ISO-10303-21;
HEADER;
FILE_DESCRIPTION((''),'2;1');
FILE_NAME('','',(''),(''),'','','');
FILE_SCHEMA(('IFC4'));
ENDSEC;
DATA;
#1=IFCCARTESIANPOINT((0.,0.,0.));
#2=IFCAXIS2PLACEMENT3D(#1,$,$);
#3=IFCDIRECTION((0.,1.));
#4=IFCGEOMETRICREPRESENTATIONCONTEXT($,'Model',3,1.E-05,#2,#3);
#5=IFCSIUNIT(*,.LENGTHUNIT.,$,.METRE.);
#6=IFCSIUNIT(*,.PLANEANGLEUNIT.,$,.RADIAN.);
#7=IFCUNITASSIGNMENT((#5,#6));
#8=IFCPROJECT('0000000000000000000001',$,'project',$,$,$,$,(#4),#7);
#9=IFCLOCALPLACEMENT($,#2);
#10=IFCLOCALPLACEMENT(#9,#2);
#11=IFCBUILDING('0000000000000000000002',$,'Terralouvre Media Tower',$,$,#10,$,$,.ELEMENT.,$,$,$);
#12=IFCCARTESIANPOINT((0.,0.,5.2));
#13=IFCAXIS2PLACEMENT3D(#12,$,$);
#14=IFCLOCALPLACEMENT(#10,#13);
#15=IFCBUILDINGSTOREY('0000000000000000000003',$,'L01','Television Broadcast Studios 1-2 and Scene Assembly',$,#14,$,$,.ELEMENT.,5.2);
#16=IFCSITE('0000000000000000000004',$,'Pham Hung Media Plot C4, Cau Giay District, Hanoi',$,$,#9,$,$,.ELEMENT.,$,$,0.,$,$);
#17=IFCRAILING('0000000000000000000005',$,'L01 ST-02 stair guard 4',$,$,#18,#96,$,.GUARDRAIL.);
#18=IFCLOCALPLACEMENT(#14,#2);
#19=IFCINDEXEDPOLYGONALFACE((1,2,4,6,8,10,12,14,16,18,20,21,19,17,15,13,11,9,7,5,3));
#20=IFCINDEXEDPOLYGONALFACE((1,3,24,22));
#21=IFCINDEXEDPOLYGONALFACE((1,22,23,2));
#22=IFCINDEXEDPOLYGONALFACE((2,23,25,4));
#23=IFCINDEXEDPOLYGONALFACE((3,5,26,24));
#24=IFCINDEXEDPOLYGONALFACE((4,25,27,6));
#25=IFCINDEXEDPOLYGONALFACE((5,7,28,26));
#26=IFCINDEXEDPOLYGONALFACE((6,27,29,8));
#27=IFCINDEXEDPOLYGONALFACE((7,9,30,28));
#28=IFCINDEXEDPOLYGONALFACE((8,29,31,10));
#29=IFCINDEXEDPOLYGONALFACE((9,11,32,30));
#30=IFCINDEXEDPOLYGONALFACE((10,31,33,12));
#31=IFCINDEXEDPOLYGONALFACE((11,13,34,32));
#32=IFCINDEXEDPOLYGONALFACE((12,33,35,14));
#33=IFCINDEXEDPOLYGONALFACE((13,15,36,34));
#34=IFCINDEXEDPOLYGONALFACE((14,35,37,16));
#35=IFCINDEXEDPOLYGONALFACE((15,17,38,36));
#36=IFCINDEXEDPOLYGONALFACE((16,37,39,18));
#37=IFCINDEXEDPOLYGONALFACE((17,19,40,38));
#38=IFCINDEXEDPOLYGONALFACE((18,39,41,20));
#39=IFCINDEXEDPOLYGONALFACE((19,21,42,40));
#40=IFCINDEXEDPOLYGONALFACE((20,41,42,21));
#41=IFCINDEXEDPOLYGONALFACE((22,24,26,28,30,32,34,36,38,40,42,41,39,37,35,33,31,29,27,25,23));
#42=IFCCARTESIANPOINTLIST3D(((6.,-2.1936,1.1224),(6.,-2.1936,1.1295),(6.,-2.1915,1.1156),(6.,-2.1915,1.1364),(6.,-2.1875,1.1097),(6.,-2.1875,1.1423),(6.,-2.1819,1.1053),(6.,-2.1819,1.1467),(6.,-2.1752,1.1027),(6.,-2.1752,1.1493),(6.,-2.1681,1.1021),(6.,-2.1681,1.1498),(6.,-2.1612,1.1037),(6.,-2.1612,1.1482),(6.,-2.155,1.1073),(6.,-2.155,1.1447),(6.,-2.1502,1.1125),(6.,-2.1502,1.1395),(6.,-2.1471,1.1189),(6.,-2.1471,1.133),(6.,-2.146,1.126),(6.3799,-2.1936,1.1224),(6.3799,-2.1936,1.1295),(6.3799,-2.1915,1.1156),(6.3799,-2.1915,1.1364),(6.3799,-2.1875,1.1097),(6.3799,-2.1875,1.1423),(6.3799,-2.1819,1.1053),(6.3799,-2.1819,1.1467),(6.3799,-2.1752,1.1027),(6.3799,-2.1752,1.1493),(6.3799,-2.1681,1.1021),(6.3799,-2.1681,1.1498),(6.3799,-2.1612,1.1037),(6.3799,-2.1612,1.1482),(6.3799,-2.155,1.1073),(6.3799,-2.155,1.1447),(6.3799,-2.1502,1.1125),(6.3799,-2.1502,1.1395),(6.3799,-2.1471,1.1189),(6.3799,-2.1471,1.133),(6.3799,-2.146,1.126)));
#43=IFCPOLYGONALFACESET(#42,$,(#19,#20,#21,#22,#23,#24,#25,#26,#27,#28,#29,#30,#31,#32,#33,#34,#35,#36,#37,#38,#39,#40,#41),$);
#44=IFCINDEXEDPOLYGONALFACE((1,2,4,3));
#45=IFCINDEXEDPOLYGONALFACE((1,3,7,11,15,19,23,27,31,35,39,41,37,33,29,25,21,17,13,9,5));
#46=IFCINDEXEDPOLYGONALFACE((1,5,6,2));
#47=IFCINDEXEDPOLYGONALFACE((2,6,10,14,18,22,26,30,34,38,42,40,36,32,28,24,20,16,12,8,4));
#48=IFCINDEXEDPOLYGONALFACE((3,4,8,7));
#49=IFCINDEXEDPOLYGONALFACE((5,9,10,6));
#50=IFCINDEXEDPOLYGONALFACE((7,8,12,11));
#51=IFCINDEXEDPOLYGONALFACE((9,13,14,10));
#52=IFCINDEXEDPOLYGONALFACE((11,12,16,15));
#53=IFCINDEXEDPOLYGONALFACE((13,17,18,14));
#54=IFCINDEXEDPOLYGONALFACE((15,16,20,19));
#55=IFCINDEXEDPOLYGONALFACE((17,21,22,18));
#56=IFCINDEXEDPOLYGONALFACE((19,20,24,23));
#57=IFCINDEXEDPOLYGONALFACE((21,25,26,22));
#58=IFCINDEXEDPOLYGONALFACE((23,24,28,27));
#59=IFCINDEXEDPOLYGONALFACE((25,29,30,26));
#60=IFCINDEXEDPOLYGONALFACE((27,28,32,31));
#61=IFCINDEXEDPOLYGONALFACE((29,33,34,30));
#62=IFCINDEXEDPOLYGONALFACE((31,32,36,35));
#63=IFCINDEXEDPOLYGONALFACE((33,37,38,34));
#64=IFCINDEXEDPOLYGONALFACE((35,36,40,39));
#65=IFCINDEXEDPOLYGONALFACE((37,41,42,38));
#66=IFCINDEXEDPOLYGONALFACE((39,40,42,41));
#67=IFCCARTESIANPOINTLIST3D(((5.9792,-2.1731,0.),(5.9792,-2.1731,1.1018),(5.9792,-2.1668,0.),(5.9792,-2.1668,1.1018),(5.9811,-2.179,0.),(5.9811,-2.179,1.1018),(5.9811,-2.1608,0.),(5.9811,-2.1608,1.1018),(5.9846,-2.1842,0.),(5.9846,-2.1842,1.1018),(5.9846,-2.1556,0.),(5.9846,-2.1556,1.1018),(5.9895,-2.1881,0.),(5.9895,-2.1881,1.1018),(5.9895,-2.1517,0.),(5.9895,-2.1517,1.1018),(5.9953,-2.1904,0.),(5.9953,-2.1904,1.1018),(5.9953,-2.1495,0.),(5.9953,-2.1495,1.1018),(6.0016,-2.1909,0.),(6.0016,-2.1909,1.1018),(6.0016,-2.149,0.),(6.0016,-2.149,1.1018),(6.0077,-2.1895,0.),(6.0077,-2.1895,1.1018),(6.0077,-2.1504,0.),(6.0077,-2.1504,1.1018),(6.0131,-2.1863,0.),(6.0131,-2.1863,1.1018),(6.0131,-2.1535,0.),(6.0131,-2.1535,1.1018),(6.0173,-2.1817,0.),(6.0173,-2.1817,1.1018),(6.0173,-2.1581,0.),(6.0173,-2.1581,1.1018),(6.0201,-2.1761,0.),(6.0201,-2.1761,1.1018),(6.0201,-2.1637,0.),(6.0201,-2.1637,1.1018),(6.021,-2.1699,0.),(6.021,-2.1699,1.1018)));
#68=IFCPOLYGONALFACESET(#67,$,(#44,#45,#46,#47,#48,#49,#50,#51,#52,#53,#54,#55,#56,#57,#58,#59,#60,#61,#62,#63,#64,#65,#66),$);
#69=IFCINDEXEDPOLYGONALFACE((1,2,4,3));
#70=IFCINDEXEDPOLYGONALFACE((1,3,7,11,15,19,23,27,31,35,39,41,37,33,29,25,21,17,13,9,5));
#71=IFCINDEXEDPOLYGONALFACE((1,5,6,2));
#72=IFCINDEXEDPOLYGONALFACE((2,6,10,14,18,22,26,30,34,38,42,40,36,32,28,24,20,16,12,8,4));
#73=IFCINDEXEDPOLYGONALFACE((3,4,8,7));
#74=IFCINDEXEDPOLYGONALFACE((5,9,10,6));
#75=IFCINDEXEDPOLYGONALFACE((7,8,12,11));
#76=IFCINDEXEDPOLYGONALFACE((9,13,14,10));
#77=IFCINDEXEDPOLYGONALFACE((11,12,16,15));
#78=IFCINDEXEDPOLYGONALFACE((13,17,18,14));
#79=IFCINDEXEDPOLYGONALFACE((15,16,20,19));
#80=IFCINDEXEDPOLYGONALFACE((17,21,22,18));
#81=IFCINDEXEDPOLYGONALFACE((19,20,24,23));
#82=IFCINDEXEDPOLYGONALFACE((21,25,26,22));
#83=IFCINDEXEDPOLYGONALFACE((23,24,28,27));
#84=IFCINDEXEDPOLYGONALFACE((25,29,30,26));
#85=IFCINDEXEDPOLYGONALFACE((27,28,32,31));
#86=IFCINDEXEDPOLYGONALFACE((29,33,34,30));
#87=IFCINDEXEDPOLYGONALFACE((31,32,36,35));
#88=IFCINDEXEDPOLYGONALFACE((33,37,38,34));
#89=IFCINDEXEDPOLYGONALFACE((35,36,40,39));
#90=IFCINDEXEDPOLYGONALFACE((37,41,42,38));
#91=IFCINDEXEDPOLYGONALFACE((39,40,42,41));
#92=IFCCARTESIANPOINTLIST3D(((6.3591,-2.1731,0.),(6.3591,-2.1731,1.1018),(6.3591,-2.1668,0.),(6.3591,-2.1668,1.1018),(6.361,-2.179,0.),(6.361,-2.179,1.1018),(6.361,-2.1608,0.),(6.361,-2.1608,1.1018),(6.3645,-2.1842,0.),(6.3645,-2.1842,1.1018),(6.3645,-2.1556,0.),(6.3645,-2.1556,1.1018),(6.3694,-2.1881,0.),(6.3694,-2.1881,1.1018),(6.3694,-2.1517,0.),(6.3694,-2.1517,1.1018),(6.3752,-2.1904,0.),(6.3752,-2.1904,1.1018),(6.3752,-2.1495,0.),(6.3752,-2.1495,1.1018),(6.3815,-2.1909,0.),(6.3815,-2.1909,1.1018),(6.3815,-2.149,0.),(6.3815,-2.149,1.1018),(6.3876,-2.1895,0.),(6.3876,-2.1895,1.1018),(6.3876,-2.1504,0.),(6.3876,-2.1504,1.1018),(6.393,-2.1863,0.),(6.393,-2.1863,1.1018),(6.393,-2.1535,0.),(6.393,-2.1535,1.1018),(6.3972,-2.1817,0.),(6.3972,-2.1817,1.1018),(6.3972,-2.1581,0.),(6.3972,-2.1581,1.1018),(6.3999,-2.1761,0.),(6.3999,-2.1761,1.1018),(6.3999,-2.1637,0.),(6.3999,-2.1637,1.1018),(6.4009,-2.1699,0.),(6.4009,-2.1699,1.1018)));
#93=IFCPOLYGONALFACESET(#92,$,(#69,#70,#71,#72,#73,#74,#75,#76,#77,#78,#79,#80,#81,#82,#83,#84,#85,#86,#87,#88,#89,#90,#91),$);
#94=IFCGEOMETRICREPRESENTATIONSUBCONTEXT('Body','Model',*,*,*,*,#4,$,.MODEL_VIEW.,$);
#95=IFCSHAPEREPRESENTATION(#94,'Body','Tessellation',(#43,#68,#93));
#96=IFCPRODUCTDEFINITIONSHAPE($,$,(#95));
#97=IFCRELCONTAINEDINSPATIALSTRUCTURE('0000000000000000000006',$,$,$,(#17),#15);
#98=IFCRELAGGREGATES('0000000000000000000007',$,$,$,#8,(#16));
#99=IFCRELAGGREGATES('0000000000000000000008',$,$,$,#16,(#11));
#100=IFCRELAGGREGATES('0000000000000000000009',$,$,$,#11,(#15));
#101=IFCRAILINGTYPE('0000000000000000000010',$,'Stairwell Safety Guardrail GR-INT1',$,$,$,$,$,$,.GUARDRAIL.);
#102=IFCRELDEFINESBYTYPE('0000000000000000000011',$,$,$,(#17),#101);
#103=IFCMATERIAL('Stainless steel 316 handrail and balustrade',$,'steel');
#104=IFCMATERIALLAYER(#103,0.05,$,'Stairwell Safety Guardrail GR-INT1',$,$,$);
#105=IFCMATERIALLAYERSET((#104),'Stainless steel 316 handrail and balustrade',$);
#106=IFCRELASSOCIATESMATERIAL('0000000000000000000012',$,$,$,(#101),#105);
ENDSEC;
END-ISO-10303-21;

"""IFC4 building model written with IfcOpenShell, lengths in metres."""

from ifc_helpers import new_model, si_unit, direction, frame, origin, origin_2d, place, context, subcontext, project, spatial, circle, extrude, material, layer, layer_set, type_object, element, save


model = new_model("IFC4")

# Units and contexts
model_context = context("Model", 3, precision=1e-05, world=origin(), true_north=direction((0.0, 1.0)))
body_context = subcontext(model_context, "Body", "Model", "MODEL_VIEW")
ifc_project = project(units=[si_unit("LENGTHUNIT", "METRE"), si_unit("PLANEANGLEUNIT", "RADIAN")], contexts=[model_context])

# Site, building, storey
site_placement = place(None, origin())
site = spatial("IfcSite", under=ifc_project, at=site_placement, Name="Pham Hung Media Plot C4, Cau Giay District, Hanoi", CompositionType="ELEMENT", RefElevation=0.0)
building_placement = place(site_placement, origin())
building = spatial("IfcBuilding", under=site, at=building_placement, Name="Terralouvre Media Tower", CompositionType="ELEMENT")
storey_placement = place(building_placement, frame((0.0, 0.0, 5.2)))
storey = spatial("IfcBuildingStorey", under=building, at=storey_placement, Name="L01", Description="Television Broadcast Studios 1-2 and Scene Assembly", CompositionType="ELEMENT", Elevation=5.2)

# Railing
ifc_material_1 = material(Name="Stainless steel 316 handrail and balustrade", Category="steel")
ifc_layer_1 = layer(ifc_material_1, 0.05, Name="Stairwell Safety Guardrail GR-INT1")
ifc_layer_set_1 = layer_set([ifc_layer_1], Name="Stainless steel 316 handrail and balustrade")
railing_type_1 = type_object("IfcRailingType", Name="Stairwell Safety Guardrail GR-INT1", PredefinedType="GUARDRAIL", material=ifc_layer_set_1)
railing_1_placement = place(storey_placement, frame((6.0, -2.1699, 0.0)))
element("IfcRailing", 1, at=railing_1_placement, inside=storey, type_object=railing_type_1, Name="L01 ST-02 stair guard 4", PredefinedType="GUARDRAIL", context=body_context, shape_type="SweptSolid", body=[
    extrude(circle(Radius=0.0239, at=origin_2d()), frame((0.0, 0.0, 1.126), z_axis=(1.0, 0.0, 0.0), x_axis=(0.0, 1.0, 0.0)), (0.0, 0.0, 1.0), 0.3799),
    extrude(circle(Radius=0.021, at=origin_2d()), origin(), (0.0, 0.0, 1.0), 1.1018),
    extrude(circle(Radius=0.021, at=origin_2d()), frame((0.3799, 0.0, 0.0)), (0.0, 0.0, 1.0), 1.1018),
])

save(model, "model.ifc")
